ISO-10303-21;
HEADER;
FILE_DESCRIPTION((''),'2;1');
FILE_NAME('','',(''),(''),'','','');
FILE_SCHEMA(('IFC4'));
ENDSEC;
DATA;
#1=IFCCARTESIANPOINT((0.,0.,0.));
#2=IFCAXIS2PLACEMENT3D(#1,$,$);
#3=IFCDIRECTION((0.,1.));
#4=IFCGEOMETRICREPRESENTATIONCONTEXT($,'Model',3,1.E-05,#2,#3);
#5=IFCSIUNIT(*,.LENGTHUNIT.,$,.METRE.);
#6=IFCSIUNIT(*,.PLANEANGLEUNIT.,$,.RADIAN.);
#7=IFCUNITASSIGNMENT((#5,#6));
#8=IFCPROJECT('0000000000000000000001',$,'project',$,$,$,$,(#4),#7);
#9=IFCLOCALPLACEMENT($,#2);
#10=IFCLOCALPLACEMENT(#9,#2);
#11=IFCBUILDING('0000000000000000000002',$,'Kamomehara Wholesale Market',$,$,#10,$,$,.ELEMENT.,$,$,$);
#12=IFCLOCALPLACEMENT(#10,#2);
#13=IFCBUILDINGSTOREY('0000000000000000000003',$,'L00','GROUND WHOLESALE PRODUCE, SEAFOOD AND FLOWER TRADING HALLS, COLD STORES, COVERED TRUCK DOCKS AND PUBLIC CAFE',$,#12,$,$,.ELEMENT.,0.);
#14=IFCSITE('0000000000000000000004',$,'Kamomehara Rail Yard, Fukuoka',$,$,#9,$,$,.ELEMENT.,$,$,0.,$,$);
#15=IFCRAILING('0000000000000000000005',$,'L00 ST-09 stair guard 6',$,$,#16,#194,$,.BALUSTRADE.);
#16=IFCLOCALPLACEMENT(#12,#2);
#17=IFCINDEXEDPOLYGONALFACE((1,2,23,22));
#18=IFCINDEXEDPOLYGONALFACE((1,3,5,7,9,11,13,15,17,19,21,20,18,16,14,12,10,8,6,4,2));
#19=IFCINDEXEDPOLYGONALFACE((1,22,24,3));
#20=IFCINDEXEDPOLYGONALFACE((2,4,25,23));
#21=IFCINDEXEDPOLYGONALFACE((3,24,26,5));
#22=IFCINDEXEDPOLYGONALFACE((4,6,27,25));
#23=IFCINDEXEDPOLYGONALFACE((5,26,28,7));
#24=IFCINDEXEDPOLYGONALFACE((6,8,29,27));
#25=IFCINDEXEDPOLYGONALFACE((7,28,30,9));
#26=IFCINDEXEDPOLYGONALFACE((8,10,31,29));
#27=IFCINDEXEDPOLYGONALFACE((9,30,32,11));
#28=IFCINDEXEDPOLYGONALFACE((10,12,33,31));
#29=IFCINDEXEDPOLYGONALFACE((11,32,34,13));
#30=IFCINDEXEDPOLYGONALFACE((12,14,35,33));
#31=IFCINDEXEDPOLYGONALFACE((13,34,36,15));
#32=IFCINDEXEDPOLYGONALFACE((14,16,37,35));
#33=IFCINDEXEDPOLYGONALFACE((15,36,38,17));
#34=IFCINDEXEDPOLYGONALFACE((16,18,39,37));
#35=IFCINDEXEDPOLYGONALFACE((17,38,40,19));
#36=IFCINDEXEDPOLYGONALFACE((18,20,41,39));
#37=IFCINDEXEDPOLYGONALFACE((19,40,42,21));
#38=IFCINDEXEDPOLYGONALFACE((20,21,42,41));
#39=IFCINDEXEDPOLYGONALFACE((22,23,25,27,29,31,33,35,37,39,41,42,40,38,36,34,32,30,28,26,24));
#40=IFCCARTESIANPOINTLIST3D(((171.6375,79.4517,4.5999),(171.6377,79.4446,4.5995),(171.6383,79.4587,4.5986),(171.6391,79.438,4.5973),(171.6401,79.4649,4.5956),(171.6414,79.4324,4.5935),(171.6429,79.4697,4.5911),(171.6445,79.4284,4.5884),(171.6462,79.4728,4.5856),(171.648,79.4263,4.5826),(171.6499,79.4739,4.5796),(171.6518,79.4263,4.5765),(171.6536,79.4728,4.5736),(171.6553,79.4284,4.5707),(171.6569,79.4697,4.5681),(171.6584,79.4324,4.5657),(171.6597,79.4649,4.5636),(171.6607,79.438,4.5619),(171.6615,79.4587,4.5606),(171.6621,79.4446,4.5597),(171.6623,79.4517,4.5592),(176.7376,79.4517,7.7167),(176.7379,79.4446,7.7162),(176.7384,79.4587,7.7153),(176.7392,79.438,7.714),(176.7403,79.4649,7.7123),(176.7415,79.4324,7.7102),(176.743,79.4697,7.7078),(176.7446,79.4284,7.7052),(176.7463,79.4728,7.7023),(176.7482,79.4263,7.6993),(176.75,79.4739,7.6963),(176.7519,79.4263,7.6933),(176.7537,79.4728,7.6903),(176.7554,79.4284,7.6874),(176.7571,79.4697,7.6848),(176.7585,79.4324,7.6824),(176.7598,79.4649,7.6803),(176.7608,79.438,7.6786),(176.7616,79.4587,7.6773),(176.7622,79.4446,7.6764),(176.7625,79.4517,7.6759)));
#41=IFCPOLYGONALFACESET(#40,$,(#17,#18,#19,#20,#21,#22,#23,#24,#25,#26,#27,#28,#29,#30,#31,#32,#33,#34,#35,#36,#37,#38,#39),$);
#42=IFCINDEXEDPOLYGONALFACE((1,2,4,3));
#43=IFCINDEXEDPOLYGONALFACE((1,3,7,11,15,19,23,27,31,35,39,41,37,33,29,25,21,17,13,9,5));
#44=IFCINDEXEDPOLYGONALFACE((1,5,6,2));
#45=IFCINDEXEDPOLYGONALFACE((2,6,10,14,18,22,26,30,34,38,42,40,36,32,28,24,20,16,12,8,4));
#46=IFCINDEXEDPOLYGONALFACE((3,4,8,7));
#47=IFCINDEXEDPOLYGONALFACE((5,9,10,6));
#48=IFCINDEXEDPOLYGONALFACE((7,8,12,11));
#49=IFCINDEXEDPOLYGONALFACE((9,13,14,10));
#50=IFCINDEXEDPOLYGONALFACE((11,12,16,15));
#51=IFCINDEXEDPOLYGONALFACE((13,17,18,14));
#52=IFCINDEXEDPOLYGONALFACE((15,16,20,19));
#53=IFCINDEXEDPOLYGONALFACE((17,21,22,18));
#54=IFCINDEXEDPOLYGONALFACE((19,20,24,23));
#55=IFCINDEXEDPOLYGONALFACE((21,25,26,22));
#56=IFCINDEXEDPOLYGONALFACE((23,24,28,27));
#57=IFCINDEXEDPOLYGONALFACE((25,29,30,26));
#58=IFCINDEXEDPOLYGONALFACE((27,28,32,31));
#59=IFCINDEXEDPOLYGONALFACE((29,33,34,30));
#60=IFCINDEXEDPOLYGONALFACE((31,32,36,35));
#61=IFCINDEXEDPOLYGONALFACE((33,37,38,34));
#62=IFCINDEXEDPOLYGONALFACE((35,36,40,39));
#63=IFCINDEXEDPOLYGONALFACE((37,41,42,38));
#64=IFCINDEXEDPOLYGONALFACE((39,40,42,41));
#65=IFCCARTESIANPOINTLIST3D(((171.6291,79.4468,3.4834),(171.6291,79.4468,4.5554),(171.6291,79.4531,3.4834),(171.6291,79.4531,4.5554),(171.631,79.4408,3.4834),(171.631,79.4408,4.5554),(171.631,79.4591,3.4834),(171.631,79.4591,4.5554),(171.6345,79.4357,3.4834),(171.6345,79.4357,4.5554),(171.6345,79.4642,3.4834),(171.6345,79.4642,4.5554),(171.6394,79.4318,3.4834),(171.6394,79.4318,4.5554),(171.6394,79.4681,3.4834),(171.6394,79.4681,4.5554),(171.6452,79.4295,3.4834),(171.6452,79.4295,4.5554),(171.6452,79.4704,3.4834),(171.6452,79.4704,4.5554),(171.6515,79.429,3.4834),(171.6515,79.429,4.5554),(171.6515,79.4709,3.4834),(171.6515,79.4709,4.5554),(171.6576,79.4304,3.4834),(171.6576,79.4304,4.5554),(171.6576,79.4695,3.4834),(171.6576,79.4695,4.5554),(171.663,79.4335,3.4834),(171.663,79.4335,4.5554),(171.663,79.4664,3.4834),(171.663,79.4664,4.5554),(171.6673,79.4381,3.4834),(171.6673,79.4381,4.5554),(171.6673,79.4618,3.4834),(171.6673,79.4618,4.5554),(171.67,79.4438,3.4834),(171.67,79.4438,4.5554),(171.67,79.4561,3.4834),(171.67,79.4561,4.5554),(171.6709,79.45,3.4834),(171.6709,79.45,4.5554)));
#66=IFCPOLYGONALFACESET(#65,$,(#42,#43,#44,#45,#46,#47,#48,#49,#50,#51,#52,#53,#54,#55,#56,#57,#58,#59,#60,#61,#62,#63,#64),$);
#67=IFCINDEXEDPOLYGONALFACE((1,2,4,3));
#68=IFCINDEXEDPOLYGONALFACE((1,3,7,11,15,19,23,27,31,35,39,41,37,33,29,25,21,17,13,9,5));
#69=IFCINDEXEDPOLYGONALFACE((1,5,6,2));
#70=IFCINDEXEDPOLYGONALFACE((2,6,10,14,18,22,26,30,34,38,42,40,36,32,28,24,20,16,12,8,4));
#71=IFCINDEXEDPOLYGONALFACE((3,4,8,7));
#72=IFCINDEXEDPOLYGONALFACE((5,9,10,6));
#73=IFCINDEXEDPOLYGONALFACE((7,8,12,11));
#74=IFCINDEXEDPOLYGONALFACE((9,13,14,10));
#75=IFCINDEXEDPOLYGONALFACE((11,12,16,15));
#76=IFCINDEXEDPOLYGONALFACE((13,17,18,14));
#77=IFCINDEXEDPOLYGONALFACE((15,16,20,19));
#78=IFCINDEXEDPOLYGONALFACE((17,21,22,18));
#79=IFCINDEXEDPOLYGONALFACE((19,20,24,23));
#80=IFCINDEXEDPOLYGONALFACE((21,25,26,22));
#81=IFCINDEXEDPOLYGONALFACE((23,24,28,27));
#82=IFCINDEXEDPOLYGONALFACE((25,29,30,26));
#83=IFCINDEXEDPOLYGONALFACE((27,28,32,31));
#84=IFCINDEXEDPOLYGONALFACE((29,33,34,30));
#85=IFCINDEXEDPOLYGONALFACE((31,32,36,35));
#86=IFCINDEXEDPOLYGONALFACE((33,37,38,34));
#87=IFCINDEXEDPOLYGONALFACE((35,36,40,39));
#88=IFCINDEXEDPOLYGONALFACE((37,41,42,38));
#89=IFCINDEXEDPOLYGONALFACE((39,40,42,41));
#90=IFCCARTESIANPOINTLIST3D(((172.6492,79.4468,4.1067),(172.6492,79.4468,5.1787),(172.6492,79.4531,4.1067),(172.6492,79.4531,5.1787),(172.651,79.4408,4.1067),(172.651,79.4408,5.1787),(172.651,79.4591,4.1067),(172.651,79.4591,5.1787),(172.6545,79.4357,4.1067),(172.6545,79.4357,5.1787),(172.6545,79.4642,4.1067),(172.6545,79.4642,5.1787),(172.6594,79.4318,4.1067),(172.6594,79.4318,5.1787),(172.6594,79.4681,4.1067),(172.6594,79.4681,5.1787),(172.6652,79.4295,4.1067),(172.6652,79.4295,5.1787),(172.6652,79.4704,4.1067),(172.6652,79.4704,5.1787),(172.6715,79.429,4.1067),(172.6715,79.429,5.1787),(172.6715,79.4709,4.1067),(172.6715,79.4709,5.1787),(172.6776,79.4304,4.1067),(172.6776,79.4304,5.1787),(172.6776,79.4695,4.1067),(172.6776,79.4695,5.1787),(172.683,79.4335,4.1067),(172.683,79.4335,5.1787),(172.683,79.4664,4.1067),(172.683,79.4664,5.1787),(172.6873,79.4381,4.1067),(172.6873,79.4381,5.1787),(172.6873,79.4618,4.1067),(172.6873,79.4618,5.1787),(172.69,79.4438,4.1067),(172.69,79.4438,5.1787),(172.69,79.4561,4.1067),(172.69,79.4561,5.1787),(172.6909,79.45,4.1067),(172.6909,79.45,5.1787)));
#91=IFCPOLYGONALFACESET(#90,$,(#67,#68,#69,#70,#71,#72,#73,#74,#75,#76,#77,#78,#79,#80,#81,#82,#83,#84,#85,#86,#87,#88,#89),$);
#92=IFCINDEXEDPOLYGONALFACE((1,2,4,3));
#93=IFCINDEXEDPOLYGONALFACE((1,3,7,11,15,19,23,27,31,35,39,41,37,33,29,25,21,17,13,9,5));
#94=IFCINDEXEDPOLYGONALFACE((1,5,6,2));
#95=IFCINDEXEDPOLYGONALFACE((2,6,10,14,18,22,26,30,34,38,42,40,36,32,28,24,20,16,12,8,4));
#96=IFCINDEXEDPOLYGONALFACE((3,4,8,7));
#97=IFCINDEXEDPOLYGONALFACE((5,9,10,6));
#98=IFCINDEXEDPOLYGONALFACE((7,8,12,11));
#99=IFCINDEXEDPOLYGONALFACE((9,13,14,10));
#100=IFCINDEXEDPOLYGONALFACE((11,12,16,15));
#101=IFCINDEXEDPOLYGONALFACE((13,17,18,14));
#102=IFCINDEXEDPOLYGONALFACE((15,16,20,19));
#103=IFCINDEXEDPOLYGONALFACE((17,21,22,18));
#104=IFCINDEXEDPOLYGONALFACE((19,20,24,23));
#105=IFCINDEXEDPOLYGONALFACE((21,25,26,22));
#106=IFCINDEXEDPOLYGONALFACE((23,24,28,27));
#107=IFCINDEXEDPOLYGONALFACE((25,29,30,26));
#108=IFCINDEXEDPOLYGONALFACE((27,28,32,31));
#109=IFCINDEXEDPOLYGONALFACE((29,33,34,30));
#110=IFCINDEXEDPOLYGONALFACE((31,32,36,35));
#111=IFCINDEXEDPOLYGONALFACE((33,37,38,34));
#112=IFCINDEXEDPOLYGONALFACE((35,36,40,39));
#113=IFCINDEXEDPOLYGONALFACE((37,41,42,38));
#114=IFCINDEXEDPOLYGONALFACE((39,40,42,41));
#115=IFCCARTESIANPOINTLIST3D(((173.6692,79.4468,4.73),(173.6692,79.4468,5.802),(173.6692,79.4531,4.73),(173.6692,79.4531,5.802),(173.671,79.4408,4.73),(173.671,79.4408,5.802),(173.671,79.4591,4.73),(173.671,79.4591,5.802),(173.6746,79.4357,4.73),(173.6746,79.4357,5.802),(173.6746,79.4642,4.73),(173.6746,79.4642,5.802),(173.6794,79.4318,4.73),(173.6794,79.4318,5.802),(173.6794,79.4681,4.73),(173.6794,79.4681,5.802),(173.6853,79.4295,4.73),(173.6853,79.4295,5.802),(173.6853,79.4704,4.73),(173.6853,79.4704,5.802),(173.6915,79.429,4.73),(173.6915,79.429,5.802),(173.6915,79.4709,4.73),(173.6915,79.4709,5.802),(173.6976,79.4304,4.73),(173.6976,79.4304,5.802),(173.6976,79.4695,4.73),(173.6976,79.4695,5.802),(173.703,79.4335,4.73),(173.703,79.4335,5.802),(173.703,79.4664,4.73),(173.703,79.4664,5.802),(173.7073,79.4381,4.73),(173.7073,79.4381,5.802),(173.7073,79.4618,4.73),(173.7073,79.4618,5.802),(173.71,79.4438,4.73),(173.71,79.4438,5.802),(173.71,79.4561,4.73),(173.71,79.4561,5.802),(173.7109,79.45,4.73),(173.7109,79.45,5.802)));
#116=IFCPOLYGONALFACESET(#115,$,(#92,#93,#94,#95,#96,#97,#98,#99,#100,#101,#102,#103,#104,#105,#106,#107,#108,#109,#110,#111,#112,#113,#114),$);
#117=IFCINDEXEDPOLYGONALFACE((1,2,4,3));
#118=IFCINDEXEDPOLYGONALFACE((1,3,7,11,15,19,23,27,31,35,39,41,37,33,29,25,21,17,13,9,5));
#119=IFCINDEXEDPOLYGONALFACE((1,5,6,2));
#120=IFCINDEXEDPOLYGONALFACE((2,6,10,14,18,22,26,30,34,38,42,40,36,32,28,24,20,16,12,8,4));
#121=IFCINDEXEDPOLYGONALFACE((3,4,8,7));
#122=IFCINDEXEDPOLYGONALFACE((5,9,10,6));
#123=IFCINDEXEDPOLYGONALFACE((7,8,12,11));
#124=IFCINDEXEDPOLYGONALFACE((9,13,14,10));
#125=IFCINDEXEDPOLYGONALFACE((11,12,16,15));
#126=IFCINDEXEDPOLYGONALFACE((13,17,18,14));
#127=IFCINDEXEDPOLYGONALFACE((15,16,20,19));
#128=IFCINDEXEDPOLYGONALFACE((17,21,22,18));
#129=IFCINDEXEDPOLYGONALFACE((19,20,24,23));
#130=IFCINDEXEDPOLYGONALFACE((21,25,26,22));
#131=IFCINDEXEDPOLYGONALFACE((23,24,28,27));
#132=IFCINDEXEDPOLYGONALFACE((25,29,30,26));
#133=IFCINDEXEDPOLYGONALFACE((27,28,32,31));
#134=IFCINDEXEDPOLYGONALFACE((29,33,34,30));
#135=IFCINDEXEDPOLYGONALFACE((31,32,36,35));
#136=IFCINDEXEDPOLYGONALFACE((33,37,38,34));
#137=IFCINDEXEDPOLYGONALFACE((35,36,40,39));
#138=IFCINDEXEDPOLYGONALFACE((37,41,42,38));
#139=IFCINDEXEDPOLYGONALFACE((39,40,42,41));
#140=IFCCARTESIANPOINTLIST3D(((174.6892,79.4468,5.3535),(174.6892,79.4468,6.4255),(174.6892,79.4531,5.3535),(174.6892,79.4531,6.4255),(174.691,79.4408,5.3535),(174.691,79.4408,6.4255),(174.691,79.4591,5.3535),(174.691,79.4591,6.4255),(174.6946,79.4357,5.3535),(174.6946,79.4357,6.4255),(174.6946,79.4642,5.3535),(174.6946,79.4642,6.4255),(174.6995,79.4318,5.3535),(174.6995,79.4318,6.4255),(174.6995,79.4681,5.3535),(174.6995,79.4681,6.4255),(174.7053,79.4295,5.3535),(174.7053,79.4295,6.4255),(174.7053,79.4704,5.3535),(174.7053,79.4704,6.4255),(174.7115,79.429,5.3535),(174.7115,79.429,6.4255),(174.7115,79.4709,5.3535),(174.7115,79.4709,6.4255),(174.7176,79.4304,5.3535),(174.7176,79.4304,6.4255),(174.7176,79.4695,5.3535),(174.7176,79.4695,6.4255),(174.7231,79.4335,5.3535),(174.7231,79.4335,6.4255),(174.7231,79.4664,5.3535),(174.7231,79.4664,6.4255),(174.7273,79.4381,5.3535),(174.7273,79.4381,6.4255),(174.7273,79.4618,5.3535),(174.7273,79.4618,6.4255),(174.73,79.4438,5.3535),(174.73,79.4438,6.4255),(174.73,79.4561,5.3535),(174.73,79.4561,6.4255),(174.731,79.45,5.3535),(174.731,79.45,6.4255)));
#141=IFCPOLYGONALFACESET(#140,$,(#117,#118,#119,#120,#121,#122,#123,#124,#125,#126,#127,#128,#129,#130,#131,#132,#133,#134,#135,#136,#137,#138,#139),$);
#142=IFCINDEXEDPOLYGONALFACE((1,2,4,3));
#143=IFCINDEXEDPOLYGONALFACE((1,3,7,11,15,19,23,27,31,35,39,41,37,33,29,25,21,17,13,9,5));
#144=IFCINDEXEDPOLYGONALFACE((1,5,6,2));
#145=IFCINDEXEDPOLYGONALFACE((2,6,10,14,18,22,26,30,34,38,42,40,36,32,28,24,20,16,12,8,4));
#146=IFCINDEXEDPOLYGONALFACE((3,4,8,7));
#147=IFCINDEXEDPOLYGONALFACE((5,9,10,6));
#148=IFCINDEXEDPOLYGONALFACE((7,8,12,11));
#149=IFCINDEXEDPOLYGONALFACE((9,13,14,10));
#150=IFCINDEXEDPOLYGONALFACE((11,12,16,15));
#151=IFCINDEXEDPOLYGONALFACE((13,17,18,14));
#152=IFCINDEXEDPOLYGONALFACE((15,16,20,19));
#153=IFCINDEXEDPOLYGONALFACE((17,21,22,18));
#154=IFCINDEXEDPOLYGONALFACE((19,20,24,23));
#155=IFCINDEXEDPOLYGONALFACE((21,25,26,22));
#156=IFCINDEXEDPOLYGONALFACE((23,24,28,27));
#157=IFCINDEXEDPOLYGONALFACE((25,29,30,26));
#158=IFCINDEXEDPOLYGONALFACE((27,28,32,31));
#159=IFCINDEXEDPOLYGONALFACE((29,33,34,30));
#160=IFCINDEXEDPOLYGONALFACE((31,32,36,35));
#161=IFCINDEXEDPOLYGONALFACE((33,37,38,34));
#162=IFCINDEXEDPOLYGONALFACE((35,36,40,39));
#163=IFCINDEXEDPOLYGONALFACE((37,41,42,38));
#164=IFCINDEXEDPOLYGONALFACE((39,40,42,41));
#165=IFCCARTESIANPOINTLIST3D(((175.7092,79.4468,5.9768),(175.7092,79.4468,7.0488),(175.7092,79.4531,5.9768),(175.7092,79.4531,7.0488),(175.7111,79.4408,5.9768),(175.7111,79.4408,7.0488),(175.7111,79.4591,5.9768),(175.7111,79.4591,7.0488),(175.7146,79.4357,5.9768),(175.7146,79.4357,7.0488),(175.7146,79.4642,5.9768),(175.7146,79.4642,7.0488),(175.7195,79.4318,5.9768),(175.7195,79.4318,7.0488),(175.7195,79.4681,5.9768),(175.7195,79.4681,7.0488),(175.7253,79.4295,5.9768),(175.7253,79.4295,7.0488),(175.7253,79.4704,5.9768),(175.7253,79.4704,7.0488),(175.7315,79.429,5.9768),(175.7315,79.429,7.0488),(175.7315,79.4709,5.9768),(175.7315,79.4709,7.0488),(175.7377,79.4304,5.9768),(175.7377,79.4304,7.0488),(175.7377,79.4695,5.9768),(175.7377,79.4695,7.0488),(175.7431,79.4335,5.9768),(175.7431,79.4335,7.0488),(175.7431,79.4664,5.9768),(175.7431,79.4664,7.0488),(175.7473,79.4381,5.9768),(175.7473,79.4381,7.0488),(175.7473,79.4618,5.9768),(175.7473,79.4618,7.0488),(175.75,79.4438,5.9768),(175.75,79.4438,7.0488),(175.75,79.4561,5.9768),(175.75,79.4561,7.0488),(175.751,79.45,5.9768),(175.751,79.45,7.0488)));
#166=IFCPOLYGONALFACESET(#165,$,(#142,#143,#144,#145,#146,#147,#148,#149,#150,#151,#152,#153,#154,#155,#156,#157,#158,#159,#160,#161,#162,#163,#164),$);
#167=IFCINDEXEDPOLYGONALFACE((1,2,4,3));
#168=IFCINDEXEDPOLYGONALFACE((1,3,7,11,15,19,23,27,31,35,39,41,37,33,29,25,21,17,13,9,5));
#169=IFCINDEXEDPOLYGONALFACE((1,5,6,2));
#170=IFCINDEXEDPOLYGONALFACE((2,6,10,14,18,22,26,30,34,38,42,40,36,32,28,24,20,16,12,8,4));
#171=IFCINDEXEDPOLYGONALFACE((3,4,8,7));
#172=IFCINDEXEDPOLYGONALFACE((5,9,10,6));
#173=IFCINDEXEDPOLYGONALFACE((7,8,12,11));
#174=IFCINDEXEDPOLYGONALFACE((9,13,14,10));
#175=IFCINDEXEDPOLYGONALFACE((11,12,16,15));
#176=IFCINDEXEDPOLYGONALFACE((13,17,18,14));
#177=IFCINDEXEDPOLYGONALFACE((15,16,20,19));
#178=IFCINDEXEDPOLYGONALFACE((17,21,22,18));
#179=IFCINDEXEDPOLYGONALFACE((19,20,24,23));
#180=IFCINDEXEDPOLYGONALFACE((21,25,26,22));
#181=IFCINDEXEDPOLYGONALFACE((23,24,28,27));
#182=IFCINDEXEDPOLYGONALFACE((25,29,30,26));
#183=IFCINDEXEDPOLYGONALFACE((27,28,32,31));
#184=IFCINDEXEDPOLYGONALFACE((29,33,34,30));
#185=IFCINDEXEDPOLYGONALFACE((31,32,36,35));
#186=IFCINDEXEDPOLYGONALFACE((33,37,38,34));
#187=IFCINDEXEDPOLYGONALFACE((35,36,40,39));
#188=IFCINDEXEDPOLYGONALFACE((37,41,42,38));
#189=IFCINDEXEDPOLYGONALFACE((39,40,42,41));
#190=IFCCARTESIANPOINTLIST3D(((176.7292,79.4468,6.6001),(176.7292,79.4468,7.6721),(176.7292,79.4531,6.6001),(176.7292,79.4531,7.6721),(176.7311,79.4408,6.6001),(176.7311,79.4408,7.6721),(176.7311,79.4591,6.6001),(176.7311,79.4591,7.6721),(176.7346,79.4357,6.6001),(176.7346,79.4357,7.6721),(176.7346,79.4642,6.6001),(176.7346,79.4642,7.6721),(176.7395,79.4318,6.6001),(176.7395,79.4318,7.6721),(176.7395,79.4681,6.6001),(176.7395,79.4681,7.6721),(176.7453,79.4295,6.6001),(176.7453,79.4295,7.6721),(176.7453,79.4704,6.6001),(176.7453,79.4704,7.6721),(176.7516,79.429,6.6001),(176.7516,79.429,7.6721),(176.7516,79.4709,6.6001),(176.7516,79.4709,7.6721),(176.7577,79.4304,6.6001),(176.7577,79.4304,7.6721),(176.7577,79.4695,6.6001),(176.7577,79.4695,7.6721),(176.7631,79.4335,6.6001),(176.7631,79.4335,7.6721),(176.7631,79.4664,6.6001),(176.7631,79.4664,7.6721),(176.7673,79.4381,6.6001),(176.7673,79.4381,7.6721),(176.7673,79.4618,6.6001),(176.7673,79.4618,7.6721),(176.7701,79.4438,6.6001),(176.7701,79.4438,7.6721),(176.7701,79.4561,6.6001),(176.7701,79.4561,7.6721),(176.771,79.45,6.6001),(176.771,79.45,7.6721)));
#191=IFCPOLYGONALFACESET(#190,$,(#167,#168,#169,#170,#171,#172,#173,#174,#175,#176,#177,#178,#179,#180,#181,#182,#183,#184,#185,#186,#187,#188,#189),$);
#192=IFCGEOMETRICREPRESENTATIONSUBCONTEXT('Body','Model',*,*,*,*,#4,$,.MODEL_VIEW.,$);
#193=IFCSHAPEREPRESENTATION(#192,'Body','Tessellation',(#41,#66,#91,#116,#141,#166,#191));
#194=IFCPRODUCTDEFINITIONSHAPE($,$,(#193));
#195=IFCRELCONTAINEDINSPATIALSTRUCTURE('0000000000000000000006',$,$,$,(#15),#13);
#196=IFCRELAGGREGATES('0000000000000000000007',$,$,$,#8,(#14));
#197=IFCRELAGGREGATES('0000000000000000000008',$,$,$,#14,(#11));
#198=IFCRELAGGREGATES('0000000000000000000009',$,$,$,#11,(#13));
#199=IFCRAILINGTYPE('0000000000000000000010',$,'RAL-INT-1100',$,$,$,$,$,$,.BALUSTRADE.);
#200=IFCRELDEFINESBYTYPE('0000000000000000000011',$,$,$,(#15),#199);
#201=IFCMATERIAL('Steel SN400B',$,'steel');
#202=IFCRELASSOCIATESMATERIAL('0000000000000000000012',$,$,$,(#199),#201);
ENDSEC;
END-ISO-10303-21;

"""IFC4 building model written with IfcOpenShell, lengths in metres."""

from ifc_helpers import new_model, si_unit, direction, frame, origin, origin_2d, place, context, subcontext, project, spatial, circle, extrude, material, type_object, element, save


model = new_model("IFC4")

# Units and contexts
model_context = context("Model", 3, precision=1e-05, world=origin(), true_north=direction((0.0, 1.0)))
body_context = subcontext(model_context, "Body", "Model", "MODEL_VIEW")
ifc_project = project(units=[si_unit("LENGTHUNIT", "METRE"), si_unit("PLANEANGLEUNIT", "RADIAN")], contexts=[model_context])

# Site, building, storey
site_placement = place(None, origin())
site = spatial("IfcSite", under=ifc_project, at=site_placement, Name="Kamomehara Rail Yard, Fukuoka", CompositionType="ELEMENT", RefElevation=0.0)
building_placement = place(site_placement, origin())
building = spatial("IfcBuilding", under=site, at=building_placement, Name="Kamomehara Wholesale Market", CompositionType="ELEMENT")
storey_placement = place(building_placement, origin())
storey = spatial("IfcBuildingStorey", under=building, at=storey_placement, Name="L00", Description="GROUND WHOLESALE PRODUCE, SEAFOOD AND FLOWER TRADING HALLS, COLD STORES, COVERED TRUCK DOCKS AND PUBLIC CAFE", CompositionType="ELEMENT", Elevation=0.0)

# Railing
ifc_material_1 = material(Name="Steel SN400B", Category="steel")
railing_type_1 = type_object("IfcRailingType", Name="RAL-INT-1100", PredefinedType="BALUSTRADE", material=ifc_material_1)
railing_1_placement = place(storey_placement, frame((171.6499, 79.45, 3.4834)))
element("IfcRailing", 1, at=railing_1_placement, inside=storey, type_object=railing_type_1, Name="L00 ST-09 stair guard 6", PredefinedType="BALUSTRADE", context=body_context, shape_type="SweptSolid", body=[
    extrude(circle(Radius=0.0239, at=origin_2d()), frame((0.0, 0.0, 1.0962), z_axis=(0.853284, 0.0, 0.521447), x_axis=(0.0, 1.0, 0.0)), (0.0, 0.0, 1.0), 5.9771),
    extrude(circle(Radius=0.021, at=origin_2d()), origin(), (0.0, 0.0, 1.0), 1.072),
    extrude(circle(Radius=0.021, at=origin_2d()), frame((1.02, 0.0, 0.6233)), (0.0, 0.0, 1.0), 1.072),
    extrude(circle(Radius=0.021, at=origin_2d()), frame((2.04, 0.0, 1.2466)), (0.0, 0.0, 1.0), 1.072),
    extrude(circle(Radius=0.021, at=origin_2d()), frame((3.0601, 0.0, 1.8701)), (0.0, 0.0, 1.0), 1.072),
    extrude(circle(Radius=0.021, at=origin_2d()), frame((4.0801, 0.0, 2.4934)), (0.0, 0.0, 1.0), 1.072),
    extrude(circle(Radius=0.021, at=origin_2d()), frame((5.1001, 0.0, 3.1167)), (0.0, 0.0, 1.0), 1.072),
])

save(model, "model.ifc")
